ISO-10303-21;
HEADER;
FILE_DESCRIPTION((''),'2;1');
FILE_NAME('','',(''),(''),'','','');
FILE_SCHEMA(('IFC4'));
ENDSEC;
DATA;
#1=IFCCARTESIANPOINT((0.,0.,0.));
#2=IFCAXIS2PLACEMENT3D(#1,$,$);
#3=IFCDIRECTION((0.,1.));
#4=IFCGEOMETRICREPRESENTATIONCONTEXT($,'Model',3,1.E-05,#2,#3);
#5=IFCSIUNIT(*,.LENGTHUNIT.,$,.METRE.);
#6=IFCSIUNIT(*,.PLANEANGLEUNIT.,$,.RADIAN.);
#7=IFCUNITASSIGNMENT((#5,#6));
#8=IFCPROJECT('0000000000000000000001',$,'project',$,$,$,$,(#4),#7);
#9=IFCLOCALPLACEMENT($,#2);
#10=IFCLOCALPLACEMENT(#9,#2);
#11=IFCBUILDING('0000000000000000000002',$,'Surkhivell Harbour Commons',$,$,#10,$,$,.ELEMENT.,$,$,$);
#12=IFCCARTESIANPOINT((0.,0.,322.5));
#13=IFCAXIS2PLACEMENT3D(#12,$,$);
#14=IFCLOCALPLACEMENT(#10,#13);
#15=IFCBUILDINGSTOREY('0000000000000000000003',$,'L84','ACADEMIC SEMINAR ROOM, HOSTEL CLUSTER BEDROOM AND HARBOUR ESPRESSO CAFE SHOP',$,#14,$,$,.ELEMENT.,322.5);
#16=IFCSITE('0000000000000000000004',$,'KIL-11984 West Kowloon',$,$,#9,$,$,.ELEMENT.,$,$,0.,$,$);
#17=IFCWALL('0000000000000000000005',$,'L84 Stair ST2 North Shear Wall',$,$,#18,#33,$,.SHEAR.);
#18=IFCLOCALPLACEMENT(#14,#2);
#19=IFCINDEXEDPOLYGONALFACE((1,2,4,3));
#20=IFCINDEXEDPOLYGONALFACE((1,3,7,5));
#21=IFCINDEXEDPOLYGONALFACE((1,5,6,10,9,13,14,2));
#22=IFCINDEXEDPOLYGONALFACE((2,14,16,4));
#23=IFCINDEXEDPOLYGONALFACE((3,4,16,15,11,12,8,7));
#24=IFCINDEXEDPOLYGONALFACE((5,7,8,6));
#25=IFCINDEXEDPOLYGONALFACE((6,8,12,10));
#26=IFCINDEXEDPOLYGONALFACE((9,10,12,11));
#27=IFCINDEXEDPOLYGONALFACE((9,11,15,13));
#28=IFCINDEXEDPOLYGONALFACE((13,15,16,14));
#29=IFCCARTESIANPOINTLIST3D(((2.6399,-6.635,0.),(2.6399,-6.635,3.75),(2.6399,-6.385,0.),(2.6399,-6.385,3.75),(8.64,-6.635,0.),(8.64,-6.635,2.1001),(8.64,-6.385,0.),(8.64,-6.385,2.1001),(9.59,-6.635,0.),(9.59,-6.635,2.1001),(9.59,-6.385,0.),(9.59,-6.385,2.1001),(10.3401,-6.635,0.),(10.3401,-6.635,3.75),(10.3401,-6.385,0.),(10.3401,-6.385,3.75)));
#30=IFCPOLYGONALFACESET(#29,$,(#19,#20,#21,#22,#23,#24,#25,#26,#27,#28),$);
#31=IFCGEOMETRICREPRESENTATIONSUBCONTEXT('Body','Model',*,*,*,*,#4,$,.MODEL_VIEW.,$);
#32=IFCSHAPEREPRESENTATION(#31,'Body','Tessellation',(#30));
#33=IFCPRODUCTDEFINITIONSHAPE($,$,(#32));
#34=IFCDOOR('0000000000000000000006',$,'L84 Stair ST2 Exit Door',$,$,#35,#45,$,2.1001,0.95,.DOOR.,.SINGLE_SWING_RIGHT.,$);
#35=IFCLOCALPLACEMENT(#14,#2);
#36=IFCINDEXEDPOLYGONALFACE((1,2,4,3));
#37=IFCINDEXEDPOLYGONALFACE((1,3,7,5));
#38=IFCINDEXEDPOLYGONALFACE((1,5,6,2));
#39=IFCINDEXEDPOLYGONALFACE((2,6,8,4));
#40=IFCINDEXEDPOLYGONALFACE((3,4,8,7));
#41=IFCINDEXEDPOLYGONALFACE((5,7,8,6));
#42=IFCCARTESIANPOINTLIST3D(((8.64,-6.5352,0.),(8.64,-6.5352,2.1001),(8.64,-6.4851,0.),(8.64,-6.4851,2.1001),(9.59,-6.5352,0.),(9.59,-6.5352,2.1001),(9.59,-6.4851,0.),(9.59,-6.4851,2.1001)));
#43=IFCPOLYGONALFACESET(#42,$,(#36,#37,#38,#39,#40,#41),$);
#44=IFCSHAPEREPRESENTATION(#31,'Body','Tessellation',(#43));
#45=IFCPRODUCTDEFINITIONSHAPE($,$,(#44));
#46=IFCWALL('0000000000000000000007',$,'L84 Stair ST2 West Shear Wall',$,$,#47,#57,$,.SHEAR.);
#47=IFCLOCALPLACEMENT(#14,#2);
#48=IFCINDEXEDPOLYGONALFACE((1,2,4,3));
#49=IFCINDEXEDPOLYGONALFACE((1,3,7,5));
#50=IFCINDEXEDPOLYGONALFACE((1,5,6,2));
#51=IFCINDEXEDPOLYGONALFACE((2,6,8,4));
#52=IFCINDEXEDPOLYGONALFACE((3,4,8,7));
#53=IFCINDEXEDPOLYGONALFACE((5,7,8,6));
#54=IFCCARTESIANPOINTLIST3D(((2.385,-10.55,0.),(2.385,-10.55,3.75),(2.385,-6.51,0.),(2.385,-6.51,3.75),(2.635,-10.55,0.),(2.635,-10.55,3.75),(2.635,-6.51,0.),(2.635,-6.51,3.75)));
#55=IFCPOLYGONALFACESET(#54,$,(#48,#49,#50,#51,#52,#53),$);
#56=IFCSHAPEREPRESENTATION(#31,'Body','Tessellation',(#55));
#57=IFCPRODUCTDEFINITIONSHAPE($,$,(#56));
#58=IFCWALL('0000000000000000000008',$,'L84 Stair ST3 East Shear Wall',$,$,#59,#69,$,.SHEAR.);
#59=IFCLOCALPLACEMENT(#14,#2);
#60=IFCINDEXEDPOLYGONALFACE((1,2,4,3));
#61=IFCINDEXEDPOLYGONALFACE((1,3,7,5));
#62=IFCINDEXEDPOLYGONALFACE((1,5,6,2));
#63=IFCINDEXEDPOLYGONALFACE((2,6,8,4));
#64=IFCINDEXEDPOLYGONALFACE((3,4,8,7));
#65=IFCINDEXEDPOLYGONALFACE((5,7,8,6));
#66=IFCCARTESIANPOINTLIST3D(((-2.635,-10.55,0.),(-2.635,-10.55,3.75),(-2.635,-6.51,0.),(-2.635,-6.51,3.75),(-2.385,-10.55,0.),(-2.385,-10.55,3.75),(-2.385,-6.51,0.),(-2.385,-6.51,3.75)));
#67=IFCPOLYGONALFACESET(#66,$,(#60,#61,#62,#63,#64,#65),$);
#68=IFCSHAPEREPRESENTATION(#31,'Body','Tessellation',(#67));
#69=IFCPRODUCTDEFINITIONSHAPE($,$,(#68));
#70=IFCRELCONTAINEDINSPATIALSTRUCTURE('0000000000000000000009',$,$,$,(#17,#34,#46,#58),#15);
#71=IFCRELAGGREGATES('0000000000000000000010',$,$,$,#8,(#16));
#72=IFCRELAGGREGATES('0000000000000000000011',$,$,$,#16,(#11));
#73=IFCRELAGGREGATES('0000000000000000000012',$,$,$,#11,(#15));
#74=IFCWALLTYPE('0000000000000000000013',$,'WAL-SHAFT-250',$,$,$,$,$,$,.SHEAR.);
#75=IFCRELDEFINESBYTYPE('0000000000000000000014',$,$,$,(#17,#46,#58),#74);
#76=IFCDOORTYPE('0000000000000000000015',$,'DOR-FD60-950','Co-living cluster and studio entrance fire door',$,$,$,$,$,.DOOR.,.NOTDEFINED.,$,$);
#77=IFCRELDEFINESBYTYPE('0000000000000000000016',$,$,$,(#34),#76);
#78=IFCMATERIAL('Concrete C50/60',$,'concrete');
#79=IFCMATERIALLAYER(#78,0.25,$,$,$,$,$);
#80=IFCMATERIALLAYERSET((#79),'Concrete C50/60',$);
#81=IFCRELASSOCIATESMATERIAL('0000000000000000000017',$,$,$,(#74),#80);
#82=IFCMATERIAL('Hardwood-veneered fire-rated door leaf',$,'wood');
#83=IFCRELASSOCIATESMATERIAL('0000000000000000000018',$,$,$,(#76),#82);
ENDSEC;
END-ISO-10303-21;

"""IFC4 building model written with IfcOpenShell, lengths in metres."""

from ifc_helpers import new_model, si_unit, direction, frame, frame_2d, origin, place, context, subcontext, project, spatial, rectangle, extrude, material, layer, layer_set, type_object, element, fill, save


model = new_model("IFC4")

# Units and contexts
model_context = context("Model", 3, precision=1e-05, world=origin(), true_north=direction((0.0, 1.0)))
body_context = subcontext(model_context, "Body", "Model", "MODEL_VIEW")
ifc_project = project(units=[si_unit("LENGTHUNIT", "METRE"), si_unit("PLANEANGLEUNIT", "RADIAN")], contexts=[model_context])

# Site, building, storey
site_placement = place(None, origin())
site = spatial("IfcSite", under=ifc_project, at=site_placement, Name="KIL-11984 West Kowloon", CompositionType="ELEMENT", RefElevation=0.0)
building_placement = place(site_placement, origin())
building = spatial("IfcBuilding", under=site, at=building_placement, Name="Surkhivell Harbour Commons", CompositionType="ELEMENT")
storey_placement = place(building_placement, frame((0.0, 0.0, 322.5)))
storey = spatial("IfcBuildingStorey", under=building, at=storey_placement, Name="L84", Description="ACADEMIC SEMINAR ROOM, HOSTEL CLUSTER BEDROOM AND HARBOUR ESPRESSO CAFE SHOP", CompositionType="ELEMENT", Elevation=322.5)

# Shared definitions
ifc_material_1 = material(Name="Concrete C50/60", Category="concrete")

# Shared definitions
ifc_material_2 = material(Name="Hardwood-veneered fire-rated door leaf", Category="wood")

# Shared definitions
ifc_layer_1 = layer(ifc_material_1, 0.25)
ifc_layer_set_1 = layer_set([ifc_layer_1], Name="Concrete C50/60")
wall_type_1 = type_object("IfcWallType", Name="WAL-SHAFT-250", PredefinedType="SHEAR", material=ifc_layer_set_1)

# Wall, opening, door
wall_1_placement = place(storey_placement, frame((2.6399, -6.51, 0.0), z_axis=(0.0, 0.0, 1.0), x_axis=(1.0, 0.0, 0.0)))
wall_1 = element("IfcWall", 1, at=wall_1_placement, inside=storey, type_object=wall_type_1, Name="L84 Stair ST2 North Shear Wall", PredefinedType="SHEAR", context=body_context, shape_type="SweptSolid", body=[
    extrude(rectangle(XDim=7.7002, YDim=0.25, at=frame_2d((3.8501, 0.0))), origin(), (0.0, 0.0, 1.0), 3.75),
])
opening_1_placement = place(wall_1_placement, frame((6.0, 0.0, 0.0)))
opening_1 = element("IfcOpeningElement", 2, at=opening_1_placement, cuts=wall_1, PredefinedType="OPENING", context=body_context, shape_type="SweptSolid", body=[
    extrude(rectangle(XDim=0.95, YDim=2.1001, at=frame_2d((0.4751, 1.05))), frame((0.0, 0.135, 0.0), z_axis=(0.0, -1.0, 0.0), x_axis=(1.0, 0.0, 0.0)), (0.0, 0.0, 1.0), 0.27),
])
door_type_1 = type_object("IfcDoorType", Name="DOR-FD60-950", Description="Co-living cluster and studio entrance fire door", OperationType="NOTDEFINED", PredefinedType="DOOR", material=ifc_material_2)
door_1_placement = place(opening_1_placement, origin())
door_1 = element("IfcDoor", 3, at=door_1_placement, inside=storey, type_object=door_type_1, Name="L84 Stair ST2 Exit Door", OperationType="SINGLE_SWING_RIGHT", OverallHeight=2.1001, OverallWidth=0.95, PredefinedType="DOOR", context=body_context, shape_type="SweptSolid", body=[
    extrude(rectangle(XDim=0.95, YDim=2.1001, at=frame_2d((0.4751, 1.05))), frame((0.0, 0.0249, 0.0), z_axis=(0.0, -1.0, 0.0), x_axis=(1.0, 0.0, 0.0)), (0.0, 0.0, 1.0), 0.05),
])
fill(opening_1, door_1)

# Walls
for number, where, z_axis, x_axis, name in (
    (4, (2.51, -10.55, 0.0), (0.0, 0.0, 1.0), (0.0, 1.0, 0.0), "L84 Stair ST2 West Shear Wall"),
    (5, (-2.51, -10.55, 0.0), (0.0, 0.0, 1.0), (0.0, 1.0, 0.0), "L84 Stair ST3 East Shear Wall"),
):
    element("IfcWall", number, at=place(storey_placement, frame(where, z_axis=z_axis, x_axis=x_axis)), inside=storey, type_object=wall_type_1, Name=name, PredefinedType="SHEAR", context=body_context, shape_type="SweptSolid", body=[
        extrude(rectangle(XDim=4.04, YDim=0.25, at=frame_2d((2.02, 0.0))), origin(), (0.0, 0.0, 1.0), 3.75),
    ])

save(model, "model.ifc")
